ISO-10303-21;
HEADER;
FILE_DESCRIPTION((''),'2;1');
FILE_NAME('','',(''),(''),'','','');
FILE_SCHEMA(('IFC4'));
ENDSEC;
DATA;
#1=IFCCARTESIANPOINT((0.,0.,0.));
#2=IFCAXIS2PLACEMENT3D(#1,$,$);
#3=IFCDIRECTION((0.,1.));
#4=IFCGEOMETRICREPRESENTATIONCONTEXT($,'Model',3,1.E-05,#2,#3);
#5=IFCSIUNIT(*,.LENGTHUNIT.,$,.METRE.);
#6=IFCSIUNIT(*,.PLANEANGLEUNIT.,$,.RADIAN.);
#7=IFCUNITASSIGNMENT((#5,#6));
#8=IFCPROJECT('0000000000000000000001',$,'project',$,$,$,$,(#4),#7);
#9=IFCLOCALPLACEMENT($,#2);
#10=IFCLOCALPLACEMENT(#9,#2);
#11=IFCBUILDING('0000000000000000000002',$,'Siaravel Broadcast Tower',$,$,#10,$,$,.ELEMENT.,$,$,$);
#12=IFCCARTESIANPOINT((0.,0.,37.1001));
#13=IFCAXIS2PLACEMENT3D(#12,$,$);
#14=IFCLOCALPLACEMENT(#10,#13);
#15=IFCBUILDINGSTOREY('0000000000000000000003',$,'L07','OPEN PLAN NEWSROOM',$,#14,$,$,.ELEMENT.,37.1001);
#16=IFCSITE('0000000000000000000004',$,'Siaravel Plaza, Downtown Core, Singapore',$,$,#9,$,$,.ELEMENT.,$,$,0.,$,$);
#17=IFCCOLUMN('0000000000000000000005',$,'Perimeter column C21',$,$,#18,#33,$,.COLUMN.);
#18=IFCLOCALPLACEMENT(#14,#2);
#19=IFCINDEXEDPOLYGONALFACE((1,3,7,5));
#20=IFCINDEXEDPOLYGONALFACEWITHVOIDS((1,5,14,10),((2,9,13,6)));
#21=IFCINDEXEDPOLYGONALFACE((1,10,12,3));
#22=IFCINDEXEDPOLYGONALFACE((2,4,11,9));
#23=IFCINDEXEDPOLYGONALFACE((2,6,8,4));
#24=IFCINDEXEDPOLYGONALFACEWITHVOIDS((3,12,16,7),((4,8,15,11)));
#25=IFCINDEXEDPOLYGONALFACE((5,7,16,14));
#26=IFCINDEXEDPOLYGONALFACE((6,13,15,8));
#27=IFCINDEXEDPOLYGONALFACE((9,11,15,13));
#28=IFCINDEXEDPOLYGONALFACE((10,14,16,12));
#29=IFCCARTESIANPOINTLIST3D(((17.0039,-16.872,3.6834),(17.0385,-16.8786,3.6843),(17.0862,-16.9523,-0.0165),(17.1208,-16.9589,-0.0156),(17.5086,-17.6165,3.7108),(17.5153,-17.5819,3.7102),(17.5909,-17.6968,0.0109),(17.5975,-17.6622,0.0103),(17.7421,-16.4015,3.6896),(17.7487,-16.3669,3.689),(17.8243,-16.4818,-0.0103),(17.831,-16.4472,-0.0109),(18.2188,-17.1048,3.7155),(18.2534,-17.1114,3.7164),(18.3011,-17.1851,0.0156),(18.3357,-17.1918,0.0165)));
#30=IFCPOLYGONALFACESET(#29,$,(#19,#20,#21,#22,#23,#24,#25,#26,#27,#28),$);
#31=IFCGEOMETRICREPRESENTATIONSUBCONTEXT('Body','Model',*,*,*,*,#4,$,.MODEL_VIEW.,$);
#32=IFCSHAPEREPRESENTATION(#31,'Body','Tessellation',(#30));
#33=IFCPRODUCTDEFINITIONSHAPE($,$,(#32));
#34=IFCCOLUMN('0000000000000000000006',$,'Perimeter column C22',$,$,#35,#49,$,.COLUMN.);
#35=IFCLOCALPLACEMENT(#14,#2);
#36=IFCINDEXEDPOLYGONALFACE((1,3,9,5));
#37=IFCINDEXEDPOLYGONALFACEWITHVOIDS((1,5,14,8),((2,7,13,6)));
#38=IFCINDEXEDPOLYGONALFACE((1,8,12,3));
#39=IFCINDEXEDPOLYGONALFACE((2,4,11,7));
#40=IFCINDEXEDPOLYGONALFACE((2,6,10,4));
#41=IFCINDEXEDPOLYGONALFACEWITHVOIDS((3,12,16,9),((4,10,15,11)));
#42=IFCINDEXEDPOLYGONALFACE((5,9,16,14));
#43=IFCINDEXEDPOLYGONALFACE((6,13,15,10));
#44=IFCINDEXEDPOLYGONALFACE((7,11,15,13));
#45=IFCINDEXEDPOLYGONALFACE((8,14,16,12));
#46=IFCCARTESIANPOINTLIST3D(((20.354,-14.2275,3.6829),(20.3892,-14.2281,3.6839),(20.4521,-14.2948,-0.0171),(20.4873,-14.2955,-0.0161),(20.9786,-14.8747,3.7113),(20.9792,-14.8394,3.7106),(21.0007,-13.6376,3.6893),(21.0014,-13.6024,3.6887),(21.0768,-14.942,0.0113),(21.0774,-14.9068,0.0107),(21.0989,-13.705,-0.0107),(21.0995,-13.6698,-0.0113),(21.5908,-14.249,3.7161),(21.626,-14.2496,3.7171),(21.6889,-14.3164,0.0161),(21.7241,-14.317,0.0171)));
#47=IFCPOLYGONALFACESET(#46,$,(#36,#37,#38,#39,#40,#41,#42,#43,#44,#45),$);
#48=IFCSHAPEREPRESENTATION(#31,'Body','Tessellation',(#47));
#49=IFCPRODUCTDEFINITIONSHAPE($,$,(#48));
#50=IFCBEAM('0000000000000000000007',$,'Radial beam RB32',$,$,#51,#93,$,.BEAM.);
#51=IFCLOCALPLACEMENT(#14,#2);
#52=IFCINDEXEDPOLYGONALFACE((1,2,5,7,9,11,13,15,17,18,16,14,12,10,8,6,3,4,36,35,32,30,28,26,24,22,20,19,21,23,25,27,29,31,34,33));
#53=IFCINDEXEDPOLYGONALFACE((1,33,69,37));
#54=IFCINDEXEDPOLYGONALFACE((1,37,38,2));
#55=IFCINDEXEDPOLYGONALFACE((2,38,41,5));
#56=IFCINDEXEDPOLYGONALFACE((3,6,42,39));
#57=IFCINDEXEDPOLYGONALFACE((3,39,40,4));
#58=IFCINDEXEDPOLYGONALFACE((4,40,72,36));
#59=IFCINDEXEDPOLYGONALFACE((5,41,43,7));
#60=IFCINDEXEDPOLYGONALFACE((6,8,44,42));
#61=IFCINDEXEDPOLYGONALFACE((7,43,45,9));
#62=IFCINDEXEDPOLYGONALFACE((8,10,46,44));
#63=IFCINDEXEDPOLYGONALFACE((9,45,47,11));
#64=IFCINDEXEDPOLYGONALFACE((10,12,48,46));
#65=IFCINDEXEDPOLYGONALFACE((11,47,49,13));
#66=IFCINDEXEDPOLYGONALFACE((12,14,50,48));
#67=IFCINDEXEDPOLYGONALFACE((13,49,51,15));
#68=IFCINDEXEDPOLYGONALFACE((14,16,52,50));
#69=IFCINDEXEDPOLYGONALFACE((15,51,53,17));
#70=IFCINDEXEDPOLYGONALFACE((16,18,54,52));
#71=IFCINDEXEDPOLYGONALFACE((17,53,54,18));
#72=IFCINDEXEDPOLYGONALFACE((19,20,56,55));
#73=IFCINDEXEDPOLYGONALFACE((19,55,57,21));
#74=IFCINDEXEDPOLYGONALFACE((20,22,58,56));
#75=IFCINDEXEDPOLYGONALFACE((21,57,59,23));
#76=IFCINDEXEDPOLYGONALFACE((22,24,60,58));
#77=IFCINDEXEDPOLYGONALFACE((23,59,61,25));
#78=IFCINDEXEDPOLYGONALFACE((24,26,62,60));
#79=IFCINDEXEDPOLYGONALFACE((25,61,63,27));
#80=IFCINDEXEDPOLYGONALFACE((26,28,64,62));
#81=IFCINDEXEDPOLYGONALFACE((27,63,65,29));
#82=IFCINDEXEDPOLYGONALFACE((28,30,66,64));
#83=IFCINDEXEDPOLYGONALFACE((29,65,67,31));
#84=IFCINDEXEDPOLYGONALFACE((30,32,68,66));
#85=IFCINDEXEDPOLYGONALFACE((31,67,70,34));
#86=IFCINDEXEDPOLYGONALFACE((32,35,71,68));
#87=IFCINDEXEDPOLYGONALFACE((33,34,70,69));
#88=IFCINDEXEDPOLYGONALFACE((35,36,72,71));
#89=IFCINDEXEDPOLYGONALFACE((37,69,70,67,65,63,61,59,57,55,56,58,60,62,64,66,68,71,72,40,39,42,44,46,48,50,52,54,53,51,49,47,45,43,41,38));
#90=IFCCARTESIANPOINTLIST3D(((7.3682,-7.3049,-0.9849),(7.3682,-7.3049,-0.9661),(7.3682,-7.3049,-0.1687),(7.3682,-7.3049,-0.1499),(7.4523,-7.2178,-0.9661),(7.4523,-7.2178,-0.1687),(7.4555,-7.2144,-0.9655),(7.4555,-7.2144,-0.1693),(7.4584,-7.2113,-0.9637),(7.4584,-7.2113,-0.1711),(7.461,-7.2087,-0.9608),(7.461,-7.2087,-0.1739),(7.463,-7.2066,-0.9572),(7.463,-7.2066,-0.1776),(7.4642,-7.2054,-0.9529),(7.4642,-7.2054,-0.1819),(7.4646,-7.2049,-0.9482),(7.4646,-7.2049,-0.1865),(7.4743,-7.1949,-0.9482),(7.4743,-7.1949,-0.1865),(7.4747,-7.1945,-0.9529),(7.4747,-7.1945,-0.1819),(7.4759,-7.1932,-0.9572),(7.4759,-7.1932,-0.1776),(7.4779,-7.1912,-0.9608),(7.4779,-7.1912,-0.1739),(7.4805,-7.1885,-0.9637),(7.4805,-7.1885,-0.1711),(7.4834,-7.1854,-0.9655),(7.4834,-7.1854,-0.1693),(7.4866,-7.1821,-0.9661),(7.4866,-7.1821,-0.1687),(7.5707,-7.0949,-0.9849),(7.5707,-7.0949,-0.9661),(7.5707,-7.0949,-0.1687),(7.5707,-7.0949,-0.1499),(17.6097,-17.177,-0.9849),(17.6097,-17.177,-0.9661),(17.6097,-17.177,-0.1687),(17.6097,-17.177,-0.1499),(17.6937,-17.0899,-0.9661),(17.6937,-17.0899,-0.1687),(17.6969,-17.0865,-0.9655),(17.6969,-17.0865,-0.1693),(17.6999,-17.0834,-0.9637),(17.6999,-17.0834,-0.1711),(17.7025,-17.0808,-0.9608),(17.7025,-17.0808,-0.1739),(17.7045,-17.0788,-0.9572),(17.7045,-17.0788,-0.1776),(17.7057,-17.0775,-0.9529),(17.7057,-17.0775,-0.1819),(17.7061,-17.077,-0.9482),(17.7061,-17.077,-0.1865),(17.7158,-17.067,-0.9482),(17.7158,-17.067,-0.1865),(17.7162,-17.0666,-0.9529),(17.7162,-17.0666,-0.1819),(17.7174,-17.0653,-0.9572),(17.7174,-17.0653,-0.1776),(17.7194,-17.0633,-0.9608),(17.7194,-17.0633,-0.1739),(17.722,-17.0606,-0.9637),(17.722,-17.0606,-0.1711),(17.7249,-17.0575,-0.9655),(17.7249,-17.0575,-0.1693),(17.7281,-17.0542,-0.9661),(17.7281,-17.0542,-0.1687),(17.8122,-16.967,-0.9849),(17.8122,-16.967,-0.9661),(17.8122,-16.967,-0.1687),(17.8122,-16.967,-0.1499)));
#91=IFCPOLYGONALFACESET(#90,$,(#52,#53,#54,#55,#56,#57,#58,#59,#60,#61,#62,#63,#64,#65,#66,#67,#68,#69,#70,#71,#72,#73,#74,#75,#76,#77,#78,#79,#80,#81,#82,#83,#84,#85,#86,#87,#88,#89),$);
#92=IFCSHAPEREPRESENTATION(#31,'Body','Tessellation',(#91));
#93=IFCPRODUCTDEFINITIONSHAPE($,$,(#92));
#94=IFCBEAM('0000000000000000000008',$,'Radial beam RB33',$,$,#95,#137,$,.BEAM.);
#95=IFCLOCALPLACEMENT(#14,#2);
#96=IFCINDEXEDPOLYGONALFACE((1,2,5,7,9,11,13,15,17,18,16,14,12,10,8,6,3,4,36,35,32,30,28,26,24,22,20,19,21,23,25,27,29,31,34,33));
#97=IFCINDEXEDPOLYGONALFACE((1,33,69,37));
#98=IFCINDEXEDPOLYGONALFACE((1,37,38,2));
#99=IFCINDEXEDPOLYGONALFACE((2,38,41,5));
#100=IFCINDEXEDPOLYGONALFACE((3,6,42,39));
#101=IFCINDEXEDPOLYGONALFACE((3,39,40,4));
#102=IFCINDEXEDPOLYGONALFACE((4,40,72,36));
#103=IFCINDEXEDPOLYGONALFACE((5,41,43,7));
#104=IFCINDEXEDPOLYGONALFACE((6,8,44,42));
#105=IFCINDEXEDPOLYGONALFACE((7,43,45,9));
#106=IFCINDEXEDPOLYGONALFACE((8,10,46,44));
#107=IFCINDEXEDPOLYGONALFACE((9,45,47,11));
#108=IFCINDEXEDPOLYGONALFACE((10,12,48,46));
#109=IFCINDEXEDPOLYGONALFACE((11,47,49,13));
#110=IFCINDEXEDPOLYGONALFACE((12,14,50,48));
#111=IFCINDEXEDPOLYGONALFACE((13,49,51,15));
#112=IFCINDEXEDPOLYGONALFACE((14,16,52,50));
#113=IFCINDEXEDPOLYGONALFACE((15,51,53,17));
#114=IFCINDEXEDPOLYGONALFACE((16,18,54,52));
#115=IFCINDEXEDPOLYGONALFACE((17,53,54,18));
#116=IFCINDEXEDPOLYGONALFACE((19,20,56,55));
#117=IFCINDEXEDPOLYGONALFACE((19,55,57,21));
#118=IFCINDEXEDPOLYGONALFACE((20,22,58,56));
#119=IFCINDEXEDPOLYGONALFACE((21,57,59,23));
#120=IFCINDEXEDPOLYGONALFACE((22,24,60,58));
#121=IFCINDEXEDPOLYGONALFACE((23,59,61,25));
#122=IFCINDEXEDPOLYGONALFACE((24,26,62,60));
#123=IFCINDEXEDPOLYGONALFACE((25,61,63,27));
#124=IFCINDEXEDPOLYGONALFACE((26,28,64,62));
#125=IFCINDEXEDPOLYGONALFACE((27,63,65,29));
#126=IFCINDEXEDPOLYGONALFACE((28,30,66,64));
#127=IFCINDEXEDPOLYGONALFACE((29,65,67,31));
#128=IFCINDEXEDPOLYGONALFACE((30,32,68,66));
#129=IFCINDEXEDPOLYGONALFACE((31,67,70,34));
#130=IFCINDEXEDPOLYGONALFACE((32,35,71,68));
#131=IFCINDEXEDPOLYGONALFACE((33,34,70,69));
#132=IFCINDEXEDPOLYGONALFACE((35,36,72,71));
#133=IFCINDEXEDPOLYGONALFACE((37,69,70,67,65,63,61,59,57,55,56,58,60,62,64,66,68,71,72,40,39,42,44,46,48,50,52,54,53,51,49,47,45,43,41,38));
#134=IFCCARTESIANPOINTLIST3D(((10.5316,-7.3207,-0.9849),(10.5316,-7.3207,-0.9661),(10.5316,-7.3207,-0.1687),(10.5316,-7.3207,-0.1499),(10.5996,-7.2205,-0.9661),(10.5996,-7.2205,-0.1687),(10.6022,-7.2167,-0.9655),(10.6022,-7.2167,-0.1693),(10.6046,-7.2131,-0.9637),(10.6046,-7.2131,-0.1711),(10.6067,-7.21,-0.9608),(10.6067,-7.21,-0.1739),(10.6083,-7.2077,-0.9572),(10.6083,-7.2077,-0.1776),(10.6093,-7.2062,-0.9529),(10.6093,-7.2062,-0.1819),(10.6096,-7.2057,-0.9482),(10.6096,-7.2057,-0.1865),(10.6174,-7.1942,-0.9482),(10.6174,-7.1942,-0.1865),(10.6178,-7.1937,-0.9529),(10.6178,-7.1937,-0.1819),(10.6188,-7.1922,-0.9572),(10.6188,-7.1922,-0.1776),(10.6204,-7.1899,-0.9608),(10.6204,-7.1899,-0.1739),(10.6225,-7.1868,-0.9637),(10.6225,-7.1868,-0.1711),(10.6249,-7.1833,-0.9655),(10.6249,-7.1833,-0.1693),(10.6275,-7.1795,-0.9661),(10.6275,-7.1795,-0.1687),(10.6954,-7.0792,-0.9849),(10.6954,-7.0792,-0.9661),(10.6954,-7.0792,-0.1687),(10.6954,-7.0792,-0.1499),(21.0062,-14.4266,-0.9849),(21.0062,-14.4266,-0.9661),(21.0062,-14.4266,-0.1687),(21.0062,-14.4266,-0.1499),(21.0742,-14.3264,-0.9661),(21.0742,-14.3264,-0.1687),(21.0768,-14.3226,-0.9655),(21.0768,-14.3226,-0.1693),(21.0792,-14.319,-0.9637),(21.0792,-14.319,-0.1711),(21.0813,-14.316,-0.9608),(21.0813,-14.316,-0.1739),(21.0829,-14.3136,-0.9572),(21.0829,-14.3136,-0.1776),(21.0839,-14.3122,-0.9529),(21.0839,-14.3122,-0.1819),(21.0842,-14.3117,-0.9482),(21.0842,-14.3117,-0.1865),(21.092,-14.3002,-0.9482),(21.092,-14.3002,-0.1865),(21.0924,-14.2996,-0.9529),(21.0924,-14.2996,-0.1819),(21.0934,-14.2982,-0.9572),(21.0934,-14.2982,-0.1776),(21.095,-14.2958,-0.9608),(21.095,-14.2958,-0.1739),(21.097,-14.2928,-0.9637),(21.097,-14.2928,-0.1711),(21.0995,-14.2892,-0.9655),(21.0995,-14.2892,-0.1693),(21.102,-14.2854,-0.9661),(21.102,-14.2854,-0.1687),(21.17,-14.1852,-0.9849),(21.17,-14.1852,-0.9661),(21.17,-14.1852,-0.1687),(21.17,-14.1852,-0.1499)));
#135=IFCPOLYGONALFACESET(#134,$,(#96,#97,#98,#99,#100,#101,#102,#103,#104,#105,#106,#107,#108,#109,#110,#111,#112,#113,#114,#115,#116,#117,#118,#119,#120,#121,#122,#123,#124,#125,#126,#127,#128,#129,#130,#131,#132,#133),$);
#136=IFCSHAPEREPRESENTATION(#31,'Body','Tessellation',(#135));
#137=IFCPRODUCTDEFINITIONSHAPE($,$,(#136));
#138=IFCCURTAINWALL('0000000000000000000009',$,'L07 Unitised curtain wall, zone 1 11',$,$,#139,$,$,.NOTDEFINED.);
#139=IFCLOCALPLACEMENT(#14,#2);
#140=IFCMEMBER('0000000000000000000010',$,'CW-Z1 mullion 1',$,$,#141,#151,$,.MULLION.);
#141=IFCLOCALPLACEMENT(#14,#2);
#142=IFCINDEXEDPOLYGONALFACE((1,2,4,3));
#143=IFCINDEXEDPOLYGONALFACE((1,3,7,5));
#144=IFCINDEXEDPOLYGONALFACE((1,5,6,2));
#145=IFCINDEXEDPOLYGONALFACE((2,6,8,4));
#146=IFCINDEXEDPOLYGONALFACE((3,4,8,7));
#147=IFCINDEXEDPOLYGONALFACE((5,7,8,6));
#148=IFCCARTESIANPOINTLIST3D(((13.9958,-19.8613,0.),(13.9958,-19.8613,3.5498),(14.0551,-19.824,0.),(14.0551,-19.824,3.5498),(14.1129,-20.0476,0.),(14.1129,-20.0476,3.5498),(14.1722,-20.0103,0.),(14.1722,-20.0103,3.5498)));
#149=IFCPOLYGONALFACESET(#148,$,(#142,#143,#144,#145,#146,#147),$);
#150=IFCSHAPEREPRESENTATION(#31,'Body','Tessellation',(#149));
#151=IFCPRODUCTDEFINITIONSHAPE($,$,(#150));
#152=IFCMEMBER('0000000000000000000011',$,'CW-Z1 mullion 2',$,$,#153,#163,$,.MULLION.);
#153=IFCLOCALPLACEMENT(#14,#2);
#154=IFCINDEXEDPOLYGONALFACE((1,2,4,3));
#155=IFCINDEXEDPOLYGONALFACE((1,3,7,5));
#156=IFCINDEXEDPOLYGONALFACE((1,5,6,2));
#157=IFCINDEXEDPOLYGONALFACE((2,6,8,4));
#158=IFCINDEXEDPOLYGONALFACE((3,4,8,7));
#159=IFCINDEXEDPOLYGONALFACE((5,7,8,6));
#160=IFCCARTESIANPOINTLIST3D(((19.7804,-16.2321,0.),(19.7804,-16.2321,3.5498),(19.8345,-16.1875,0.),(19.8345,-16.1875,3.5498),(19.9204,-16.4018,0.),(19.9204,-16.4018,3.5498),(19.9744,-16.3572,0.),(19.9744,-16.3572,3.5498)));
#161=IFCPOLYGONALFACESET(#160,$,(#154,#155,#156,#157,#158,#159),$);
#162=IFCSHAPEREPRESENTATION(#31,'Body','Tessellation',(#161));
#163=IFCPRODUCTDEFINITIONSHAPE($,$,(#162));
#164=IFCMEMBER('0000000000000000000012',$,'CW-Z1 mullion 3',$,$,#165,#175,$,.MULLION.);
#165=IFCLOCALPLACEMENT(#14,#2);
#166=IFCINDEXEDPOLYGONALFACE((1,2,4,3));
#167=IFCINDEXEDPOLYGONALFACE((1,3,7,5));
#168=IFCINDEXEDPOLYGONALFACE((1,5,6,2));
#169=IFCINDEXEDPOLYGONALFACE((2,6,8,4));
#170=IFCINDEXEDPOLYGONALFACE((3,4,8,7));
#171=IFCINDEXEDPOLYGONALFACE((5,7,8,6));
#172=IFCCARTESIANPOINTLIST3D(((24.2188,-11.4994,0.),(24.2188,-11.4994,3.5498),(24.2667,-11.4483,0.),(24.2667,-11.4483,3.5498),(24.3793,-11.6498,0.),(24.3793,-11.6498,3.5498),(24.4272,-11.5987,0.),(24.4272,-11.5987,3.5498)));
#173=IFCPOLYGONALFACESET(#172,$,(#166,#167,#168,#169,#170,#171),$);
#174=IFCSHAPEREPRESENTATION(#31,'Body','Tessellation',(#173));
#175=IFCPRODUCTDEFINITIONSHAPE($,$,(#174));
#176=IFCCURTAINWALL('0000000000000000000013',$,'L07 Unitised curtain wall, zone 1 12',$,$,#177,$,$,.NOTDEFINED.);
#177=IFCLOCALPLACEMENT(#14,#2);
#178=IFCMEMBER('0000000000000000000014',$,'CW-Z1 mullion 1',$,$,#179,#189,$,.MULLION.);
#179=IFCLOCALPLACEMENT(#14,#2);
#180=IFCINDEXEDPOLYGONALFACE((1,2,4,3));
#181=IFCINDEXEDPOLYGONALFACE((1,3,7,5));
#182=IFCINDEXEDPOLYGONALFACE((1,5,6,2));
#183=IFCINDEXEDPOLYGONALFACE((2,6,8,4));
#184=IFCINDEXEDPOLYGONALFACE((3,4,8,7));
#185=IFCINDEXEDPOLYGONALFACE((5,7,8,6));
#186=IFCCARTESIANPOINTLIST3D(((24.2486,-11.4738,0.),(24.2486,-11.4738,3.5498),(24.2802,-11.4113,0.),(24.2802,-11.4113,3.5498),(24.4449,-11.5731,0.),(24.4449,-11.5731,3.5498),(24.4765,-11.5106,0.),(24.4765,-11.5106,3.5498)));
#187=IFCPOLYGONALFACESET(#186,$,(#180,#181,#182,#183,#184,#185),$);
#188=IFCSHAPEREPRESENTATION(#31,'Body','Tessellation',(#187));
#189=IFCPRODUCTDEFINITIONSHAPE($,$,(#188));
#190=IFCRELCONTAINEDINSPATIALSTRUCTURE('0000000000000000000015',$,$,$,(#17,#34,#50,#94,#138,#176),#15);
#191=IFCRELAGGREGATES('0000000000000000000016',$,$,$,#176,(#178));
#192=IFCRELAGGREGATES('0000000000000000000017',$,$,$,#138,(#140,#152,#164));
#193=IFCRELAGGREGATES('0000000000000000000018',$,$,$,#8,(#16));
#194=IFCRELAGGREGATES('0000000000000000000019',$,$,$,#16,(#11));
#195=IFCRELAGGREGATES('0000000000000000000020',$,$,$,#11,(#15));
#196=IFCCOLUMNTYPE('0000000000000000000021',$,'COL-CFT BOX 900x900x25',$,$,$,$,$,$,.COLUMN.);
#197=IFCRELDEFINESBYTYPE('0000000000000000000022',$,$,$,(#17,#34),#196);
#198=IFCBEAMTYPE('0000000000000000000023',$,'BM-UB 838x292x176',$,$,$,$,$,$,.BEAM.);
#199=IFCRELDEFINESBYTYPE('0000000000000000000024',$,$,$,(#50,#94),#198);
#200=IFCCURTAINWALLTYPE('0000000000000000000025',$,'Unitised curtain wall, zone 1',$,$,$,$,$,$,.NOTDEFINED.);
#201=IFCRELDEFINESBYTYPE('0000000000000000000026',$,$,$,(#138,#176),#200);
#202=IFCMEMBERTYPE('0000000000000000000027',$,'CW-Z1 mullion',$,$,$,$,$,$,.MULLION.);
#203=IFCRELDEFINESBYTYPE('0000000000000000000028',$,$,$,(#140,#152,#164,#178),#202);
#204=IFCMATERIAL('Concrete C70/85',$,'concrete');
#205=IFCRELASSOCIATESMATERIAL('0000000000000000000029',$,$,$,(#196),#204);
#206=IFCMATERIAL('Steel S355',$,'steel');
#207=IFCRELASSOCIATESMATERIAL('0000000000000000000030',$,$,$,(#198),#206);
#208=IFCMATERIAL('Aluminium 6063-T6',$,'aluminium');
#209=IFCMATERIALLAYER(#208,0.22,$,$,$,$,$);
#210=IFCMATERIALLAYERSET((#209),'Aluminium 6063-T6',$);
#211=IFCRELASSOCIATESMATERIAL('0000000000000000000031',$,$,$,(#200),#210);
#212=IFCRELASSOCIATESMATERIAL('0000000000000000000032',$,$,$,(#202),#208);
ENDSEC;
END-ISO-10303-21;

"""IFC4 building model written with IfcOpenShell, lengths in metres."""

from ifc_helpers import new_model, si_unit, direction, frame, origin, origin_2d, place, context, subcontext, project, spatial, rectangle, hollow_rectangle, i_section, extrude, material, layer, layer_set, material_profile, profile_set, type_object, element, aggregate, save


model = new_model("IFC4")

# Units and contexts
model_context = context("Model", 3, precision=1e-05, world=origin(), true_north=direction((0.0, 1.0)))
body_context = subcontext(model_context, "Body", "Model", "MODEL_VIEW")
ifc_project = project(units=[si_unit("LENGTHUNIT", "METRE"), si_unit("PLANEANGLEUNIT", "RADIAN")], contexts=[model_context])

# Site, building, storey
site_placement = place(None, origin())
site = spatial("IfcSite", under=ifc_project, at=site_placement, Name="Siaravel Plaza, Downtown Core, Singapore", CompositionType="ELEMENT", RefElevation=0.0)
building_placement = place(site_placement, origin())
building = spatial("IfcBuilding", under=site, at=building_placement, Name="Siaravel Broadcast Tower", CompositionType="ELEMENT")
storey_placement = place(building_placement, frame((0.0, 0.0, 37.1001)))
storey = spatial("IfcBuildingStorey", under=building, at=storey_placement, Name="L07", Description="OPEN PLAN NEWSROOM", CompositionType="ELEMENT", Elevation=37.1001)

# Columns
ifc_material_1 = material(Name="Concrete C70/85", Category="concrete")
ifc_material_profile_1 = material_profile(ifc_material_1, hollow_rectangle(XDim=0.8999, YDim=0.8999, WallThickness=0.0249, at=origin_2d()))
ifc_profile_set_1 = profile_set([ifc_material_profile_1], Name="Concrete C70/85")
column_type = type_object("IfcColumnType", Name="COL-CFT BOX 900x900x25", PredefinedType="COLUMN", material=ifc_profile_set_1)
column_1_placement = place(storey_placement, frame((17.7109, -17.072, 0.0), z_axis=(-0.022226, 0.021699, 0.999517), x_axis=(-0.827627, -0.561244, -0.00622)))
element("IfcColumn", 1, at=column_1_placement, inside=storey, type_object=column_type, Name="Perimeter column C21", PredefinedType="COLUMN", context=body_context, shape_type="SweptSolid", body=[
    extrude(hollow_rectangle(XDim=0.8999, YDim=0.8999, WallThickness=0.0249, at=origin_2d()), origin(), (0.0, 0.0, 1.0), 3.7017),
])
column_2_placement = place(storey_placement, frame((21.0881, -14.3059, 0.0), z_axis=(-0.026512, 0.018202, 0.999483), x_axis=(-0.719378, -0.694589, -0.006432)))
element("IfcColumn", 2, at=column_2_placement, inside=storey, type_object=column_type, Name="Perimeter column C22", PredefinedType="COLUMN", context=body_context, shape_type="SweptSolid", body=[
    extrude(hollow_rectangle(XDim=0.8999, YDim=0.8999, WallThickness=0.0249, at=origin_2d()), origin(), (0.0, 0.0, 1.0), 3.7019),
])

# Beams
ifc_material_2 = material(Name="Steel S355", Category="steel")
ifc_material_profile_2 = material_profile(ifc_material_2, i_section(OverallWidth=0.2917, OverallDepth=0.835, WebThickness=0.0139, FlangeThickness=0.0188, FilletRadius=0.0178, at=origin_2d()))
ifc_profile_set_2 = profile_set([ifc_material_profile_2], Name="Steel S355")
beam_type = type_object("IfcBeamType", Name="BM-UB 838x292x176", PredefinedType="BEAM", material=ifc_profile_set_2)
beam_1_placement = place(storey_placement, frame((17.7109, -17.072, -0.5674), z_axis=(-0.719971, 0.694004, 0.0), x_axis=(-0.694004, -0.719971, 0.0)))
element("IfcBeam", 3, at=beam_1_placement, inside=storey, type_object=beam_type, Name="Radial beam RB32", PredefinedType="BEAM", context=body_context, shape_type="SweptSolid", body=[
    extrude(i_section(OverallWidth=0.2917, OverallDepth=0.835, WebThickness=0.0139, FlangeThickness=0.0188, FilletRadius=0.0178, at=origin_2d()), origin(), (0.0, 0.0, 1.0), 14.2249),
])
beam_2_placement = place(storey_placement, frame((21.0881, -14.3059, -0.5674), z_axis=(-0.827542, 0.561403, 0.0), x_axis=(-0.561403, -0.827542, 0.0)))
element("IfcBeam", 4, at=beam_2_placement, inside=storey, type_object=beam_type, Name="Radial beam RB33", PredefinedType="BEAM", context=body_context, shape_type="SweptSolid", body=[
    extrude(i_section(OverallWidth=0.2917, OverallDepth=0.835, WebThickness=0.0139, FlangeThickness=0.0188, FilletRadius=0.0178, at=origin_2d()), origin(), (0.0, 0.0, 1.0), 12.6575),
])

# Curtain wall, members
ifc_material_3 = material(Name="Aluminium 6063-T6", Category="aluminium")
ifc_layer_1 = layer(ifc_material_3, 0.22)
ifc_layer_set_1 = layer_set([ifc_layer_1], Name="Aluminium 6063-T6")
curtain_wall_type = type_object("IfcCurtainWallType", Name="Unitised curtain wall, zone 1", PredefinedType="NOTDEFINED", material=ifc_layer_set_1)
curtain_wall_1_placement = place(storey_placement, origin())
curtain_wall_1 = element("IfcCurtainWall", 5, at=curtain_wall_1_placement, inside=storey, type_object=curtain_wall_type, Name="L07 Unitised curtain wall, zone 1 11", PredefinedType="NOTDEFINED")
ifc_material_profile_3 = material_profile(ifc_material_3, rectangle(XDim=0.22, YDim=0.0701, at=origin_2d()))
ifc_profile_set_3 = profile_set([ifc_material_profile_3], Name="Aluminium 6063-T6")
member_type_1 = type_object("IfcMemberType", Name="CW-Z1 mullion", PredefinedType="MULLION", material=ifc_profile_set_3)
member_1_placement = place(storey_placement, frame((14.084, -19.9358, 0.0), z_axis=(0.0, 0.0, 1.0), x_axis=(-0.532149, 0.846651, 0.0)))
member_1 = element("IfcMember", 6, at=member_1_placement, type_object=member_type_1, Name="CW-Z1 mullion 1", PredefinedType="MULLION", context=body_context, shape_type="SweptSolid", body=[
    extrude(rectangle(XDim=0.22, YDim=0.0701, at=origin_2d()), origin(), (0.0, 0.0, 1.0), 3.5498),
])
member_2_placement = place(storey_placement, frame((19.8774, -16.2947, 0.0), z_axis=(0.0, 0.0, 1.0), x_axis=(-0.636218, 0.771509, 0.0)))
member_2 = element("IfcMember", 7, at=member_2_placement, type_object=member_type_1, Name="CW-Z1 mullion 2", PredefinedType="MULLION", context=body_context, shape_type="SweptSolid", body=[
    extrude(rectangle(XDim=0.22, YDim=0.0701, at=origin_2d()), origin(), (0.0, 0.0, 1.0), 3.5498),
])
member_3_placement = place(storey_placement, frame((24.323, -11.5491, 0.0), z_axis=(0.0, 0.0, 1.0), x_axis=(-0.729805, 0.683655, 0.0)))
member_3 = element("IfcMember", 8, at=member_3_placement, type_object=member_type_1, Name="CW-Z1 mullion 3", PredefinedType="MULLION", context=body_context, shape_type="SweptSolid", body=[
    extrude(rectangle(XDim=0.22, YDim=0.0701, at=origin_2d()), origin(), (0.0, 0.0, 1.0), 3.5498),
])

# Curtain wall, member
curtain_wall_2_placement = place(storey_placement, origin())
curtain_wall_2 = element("IfcCurtainWall", 9, at=curtain_wall_2_placement, inside=storey, type_object=curtain_wall_type, Name="L07 Unitised curtain wall, zone 1 12", PredefinedType="NOTDEFINED")
member_4_placement = place(storey_placement, frame((24.3625, -11.4922, 0.0), z_axis=(0.0, 0.0, 1.0), x_axis=(-0.892392, 0.451261, 0.0)))
member_4 = element("IfcMember", 10, at=member_4_placement, type_object=member_type_1, Name="CW-Z1 mullion 1", PredefinedType="MULLION", context=body_context, shape_type="SweptSolid", body=[
    extrude(rectangle(XDim=0.22, YDim=0.0701, at=origin_2d()), origin(), (0.0, 0.0, 1.0), 3.5498),
])
aggregate(curtain_wall_2, [member_4])

aggregate(curtain_wall_1, [member_1, member_2, member_3])

save(model, "model.ifc")
